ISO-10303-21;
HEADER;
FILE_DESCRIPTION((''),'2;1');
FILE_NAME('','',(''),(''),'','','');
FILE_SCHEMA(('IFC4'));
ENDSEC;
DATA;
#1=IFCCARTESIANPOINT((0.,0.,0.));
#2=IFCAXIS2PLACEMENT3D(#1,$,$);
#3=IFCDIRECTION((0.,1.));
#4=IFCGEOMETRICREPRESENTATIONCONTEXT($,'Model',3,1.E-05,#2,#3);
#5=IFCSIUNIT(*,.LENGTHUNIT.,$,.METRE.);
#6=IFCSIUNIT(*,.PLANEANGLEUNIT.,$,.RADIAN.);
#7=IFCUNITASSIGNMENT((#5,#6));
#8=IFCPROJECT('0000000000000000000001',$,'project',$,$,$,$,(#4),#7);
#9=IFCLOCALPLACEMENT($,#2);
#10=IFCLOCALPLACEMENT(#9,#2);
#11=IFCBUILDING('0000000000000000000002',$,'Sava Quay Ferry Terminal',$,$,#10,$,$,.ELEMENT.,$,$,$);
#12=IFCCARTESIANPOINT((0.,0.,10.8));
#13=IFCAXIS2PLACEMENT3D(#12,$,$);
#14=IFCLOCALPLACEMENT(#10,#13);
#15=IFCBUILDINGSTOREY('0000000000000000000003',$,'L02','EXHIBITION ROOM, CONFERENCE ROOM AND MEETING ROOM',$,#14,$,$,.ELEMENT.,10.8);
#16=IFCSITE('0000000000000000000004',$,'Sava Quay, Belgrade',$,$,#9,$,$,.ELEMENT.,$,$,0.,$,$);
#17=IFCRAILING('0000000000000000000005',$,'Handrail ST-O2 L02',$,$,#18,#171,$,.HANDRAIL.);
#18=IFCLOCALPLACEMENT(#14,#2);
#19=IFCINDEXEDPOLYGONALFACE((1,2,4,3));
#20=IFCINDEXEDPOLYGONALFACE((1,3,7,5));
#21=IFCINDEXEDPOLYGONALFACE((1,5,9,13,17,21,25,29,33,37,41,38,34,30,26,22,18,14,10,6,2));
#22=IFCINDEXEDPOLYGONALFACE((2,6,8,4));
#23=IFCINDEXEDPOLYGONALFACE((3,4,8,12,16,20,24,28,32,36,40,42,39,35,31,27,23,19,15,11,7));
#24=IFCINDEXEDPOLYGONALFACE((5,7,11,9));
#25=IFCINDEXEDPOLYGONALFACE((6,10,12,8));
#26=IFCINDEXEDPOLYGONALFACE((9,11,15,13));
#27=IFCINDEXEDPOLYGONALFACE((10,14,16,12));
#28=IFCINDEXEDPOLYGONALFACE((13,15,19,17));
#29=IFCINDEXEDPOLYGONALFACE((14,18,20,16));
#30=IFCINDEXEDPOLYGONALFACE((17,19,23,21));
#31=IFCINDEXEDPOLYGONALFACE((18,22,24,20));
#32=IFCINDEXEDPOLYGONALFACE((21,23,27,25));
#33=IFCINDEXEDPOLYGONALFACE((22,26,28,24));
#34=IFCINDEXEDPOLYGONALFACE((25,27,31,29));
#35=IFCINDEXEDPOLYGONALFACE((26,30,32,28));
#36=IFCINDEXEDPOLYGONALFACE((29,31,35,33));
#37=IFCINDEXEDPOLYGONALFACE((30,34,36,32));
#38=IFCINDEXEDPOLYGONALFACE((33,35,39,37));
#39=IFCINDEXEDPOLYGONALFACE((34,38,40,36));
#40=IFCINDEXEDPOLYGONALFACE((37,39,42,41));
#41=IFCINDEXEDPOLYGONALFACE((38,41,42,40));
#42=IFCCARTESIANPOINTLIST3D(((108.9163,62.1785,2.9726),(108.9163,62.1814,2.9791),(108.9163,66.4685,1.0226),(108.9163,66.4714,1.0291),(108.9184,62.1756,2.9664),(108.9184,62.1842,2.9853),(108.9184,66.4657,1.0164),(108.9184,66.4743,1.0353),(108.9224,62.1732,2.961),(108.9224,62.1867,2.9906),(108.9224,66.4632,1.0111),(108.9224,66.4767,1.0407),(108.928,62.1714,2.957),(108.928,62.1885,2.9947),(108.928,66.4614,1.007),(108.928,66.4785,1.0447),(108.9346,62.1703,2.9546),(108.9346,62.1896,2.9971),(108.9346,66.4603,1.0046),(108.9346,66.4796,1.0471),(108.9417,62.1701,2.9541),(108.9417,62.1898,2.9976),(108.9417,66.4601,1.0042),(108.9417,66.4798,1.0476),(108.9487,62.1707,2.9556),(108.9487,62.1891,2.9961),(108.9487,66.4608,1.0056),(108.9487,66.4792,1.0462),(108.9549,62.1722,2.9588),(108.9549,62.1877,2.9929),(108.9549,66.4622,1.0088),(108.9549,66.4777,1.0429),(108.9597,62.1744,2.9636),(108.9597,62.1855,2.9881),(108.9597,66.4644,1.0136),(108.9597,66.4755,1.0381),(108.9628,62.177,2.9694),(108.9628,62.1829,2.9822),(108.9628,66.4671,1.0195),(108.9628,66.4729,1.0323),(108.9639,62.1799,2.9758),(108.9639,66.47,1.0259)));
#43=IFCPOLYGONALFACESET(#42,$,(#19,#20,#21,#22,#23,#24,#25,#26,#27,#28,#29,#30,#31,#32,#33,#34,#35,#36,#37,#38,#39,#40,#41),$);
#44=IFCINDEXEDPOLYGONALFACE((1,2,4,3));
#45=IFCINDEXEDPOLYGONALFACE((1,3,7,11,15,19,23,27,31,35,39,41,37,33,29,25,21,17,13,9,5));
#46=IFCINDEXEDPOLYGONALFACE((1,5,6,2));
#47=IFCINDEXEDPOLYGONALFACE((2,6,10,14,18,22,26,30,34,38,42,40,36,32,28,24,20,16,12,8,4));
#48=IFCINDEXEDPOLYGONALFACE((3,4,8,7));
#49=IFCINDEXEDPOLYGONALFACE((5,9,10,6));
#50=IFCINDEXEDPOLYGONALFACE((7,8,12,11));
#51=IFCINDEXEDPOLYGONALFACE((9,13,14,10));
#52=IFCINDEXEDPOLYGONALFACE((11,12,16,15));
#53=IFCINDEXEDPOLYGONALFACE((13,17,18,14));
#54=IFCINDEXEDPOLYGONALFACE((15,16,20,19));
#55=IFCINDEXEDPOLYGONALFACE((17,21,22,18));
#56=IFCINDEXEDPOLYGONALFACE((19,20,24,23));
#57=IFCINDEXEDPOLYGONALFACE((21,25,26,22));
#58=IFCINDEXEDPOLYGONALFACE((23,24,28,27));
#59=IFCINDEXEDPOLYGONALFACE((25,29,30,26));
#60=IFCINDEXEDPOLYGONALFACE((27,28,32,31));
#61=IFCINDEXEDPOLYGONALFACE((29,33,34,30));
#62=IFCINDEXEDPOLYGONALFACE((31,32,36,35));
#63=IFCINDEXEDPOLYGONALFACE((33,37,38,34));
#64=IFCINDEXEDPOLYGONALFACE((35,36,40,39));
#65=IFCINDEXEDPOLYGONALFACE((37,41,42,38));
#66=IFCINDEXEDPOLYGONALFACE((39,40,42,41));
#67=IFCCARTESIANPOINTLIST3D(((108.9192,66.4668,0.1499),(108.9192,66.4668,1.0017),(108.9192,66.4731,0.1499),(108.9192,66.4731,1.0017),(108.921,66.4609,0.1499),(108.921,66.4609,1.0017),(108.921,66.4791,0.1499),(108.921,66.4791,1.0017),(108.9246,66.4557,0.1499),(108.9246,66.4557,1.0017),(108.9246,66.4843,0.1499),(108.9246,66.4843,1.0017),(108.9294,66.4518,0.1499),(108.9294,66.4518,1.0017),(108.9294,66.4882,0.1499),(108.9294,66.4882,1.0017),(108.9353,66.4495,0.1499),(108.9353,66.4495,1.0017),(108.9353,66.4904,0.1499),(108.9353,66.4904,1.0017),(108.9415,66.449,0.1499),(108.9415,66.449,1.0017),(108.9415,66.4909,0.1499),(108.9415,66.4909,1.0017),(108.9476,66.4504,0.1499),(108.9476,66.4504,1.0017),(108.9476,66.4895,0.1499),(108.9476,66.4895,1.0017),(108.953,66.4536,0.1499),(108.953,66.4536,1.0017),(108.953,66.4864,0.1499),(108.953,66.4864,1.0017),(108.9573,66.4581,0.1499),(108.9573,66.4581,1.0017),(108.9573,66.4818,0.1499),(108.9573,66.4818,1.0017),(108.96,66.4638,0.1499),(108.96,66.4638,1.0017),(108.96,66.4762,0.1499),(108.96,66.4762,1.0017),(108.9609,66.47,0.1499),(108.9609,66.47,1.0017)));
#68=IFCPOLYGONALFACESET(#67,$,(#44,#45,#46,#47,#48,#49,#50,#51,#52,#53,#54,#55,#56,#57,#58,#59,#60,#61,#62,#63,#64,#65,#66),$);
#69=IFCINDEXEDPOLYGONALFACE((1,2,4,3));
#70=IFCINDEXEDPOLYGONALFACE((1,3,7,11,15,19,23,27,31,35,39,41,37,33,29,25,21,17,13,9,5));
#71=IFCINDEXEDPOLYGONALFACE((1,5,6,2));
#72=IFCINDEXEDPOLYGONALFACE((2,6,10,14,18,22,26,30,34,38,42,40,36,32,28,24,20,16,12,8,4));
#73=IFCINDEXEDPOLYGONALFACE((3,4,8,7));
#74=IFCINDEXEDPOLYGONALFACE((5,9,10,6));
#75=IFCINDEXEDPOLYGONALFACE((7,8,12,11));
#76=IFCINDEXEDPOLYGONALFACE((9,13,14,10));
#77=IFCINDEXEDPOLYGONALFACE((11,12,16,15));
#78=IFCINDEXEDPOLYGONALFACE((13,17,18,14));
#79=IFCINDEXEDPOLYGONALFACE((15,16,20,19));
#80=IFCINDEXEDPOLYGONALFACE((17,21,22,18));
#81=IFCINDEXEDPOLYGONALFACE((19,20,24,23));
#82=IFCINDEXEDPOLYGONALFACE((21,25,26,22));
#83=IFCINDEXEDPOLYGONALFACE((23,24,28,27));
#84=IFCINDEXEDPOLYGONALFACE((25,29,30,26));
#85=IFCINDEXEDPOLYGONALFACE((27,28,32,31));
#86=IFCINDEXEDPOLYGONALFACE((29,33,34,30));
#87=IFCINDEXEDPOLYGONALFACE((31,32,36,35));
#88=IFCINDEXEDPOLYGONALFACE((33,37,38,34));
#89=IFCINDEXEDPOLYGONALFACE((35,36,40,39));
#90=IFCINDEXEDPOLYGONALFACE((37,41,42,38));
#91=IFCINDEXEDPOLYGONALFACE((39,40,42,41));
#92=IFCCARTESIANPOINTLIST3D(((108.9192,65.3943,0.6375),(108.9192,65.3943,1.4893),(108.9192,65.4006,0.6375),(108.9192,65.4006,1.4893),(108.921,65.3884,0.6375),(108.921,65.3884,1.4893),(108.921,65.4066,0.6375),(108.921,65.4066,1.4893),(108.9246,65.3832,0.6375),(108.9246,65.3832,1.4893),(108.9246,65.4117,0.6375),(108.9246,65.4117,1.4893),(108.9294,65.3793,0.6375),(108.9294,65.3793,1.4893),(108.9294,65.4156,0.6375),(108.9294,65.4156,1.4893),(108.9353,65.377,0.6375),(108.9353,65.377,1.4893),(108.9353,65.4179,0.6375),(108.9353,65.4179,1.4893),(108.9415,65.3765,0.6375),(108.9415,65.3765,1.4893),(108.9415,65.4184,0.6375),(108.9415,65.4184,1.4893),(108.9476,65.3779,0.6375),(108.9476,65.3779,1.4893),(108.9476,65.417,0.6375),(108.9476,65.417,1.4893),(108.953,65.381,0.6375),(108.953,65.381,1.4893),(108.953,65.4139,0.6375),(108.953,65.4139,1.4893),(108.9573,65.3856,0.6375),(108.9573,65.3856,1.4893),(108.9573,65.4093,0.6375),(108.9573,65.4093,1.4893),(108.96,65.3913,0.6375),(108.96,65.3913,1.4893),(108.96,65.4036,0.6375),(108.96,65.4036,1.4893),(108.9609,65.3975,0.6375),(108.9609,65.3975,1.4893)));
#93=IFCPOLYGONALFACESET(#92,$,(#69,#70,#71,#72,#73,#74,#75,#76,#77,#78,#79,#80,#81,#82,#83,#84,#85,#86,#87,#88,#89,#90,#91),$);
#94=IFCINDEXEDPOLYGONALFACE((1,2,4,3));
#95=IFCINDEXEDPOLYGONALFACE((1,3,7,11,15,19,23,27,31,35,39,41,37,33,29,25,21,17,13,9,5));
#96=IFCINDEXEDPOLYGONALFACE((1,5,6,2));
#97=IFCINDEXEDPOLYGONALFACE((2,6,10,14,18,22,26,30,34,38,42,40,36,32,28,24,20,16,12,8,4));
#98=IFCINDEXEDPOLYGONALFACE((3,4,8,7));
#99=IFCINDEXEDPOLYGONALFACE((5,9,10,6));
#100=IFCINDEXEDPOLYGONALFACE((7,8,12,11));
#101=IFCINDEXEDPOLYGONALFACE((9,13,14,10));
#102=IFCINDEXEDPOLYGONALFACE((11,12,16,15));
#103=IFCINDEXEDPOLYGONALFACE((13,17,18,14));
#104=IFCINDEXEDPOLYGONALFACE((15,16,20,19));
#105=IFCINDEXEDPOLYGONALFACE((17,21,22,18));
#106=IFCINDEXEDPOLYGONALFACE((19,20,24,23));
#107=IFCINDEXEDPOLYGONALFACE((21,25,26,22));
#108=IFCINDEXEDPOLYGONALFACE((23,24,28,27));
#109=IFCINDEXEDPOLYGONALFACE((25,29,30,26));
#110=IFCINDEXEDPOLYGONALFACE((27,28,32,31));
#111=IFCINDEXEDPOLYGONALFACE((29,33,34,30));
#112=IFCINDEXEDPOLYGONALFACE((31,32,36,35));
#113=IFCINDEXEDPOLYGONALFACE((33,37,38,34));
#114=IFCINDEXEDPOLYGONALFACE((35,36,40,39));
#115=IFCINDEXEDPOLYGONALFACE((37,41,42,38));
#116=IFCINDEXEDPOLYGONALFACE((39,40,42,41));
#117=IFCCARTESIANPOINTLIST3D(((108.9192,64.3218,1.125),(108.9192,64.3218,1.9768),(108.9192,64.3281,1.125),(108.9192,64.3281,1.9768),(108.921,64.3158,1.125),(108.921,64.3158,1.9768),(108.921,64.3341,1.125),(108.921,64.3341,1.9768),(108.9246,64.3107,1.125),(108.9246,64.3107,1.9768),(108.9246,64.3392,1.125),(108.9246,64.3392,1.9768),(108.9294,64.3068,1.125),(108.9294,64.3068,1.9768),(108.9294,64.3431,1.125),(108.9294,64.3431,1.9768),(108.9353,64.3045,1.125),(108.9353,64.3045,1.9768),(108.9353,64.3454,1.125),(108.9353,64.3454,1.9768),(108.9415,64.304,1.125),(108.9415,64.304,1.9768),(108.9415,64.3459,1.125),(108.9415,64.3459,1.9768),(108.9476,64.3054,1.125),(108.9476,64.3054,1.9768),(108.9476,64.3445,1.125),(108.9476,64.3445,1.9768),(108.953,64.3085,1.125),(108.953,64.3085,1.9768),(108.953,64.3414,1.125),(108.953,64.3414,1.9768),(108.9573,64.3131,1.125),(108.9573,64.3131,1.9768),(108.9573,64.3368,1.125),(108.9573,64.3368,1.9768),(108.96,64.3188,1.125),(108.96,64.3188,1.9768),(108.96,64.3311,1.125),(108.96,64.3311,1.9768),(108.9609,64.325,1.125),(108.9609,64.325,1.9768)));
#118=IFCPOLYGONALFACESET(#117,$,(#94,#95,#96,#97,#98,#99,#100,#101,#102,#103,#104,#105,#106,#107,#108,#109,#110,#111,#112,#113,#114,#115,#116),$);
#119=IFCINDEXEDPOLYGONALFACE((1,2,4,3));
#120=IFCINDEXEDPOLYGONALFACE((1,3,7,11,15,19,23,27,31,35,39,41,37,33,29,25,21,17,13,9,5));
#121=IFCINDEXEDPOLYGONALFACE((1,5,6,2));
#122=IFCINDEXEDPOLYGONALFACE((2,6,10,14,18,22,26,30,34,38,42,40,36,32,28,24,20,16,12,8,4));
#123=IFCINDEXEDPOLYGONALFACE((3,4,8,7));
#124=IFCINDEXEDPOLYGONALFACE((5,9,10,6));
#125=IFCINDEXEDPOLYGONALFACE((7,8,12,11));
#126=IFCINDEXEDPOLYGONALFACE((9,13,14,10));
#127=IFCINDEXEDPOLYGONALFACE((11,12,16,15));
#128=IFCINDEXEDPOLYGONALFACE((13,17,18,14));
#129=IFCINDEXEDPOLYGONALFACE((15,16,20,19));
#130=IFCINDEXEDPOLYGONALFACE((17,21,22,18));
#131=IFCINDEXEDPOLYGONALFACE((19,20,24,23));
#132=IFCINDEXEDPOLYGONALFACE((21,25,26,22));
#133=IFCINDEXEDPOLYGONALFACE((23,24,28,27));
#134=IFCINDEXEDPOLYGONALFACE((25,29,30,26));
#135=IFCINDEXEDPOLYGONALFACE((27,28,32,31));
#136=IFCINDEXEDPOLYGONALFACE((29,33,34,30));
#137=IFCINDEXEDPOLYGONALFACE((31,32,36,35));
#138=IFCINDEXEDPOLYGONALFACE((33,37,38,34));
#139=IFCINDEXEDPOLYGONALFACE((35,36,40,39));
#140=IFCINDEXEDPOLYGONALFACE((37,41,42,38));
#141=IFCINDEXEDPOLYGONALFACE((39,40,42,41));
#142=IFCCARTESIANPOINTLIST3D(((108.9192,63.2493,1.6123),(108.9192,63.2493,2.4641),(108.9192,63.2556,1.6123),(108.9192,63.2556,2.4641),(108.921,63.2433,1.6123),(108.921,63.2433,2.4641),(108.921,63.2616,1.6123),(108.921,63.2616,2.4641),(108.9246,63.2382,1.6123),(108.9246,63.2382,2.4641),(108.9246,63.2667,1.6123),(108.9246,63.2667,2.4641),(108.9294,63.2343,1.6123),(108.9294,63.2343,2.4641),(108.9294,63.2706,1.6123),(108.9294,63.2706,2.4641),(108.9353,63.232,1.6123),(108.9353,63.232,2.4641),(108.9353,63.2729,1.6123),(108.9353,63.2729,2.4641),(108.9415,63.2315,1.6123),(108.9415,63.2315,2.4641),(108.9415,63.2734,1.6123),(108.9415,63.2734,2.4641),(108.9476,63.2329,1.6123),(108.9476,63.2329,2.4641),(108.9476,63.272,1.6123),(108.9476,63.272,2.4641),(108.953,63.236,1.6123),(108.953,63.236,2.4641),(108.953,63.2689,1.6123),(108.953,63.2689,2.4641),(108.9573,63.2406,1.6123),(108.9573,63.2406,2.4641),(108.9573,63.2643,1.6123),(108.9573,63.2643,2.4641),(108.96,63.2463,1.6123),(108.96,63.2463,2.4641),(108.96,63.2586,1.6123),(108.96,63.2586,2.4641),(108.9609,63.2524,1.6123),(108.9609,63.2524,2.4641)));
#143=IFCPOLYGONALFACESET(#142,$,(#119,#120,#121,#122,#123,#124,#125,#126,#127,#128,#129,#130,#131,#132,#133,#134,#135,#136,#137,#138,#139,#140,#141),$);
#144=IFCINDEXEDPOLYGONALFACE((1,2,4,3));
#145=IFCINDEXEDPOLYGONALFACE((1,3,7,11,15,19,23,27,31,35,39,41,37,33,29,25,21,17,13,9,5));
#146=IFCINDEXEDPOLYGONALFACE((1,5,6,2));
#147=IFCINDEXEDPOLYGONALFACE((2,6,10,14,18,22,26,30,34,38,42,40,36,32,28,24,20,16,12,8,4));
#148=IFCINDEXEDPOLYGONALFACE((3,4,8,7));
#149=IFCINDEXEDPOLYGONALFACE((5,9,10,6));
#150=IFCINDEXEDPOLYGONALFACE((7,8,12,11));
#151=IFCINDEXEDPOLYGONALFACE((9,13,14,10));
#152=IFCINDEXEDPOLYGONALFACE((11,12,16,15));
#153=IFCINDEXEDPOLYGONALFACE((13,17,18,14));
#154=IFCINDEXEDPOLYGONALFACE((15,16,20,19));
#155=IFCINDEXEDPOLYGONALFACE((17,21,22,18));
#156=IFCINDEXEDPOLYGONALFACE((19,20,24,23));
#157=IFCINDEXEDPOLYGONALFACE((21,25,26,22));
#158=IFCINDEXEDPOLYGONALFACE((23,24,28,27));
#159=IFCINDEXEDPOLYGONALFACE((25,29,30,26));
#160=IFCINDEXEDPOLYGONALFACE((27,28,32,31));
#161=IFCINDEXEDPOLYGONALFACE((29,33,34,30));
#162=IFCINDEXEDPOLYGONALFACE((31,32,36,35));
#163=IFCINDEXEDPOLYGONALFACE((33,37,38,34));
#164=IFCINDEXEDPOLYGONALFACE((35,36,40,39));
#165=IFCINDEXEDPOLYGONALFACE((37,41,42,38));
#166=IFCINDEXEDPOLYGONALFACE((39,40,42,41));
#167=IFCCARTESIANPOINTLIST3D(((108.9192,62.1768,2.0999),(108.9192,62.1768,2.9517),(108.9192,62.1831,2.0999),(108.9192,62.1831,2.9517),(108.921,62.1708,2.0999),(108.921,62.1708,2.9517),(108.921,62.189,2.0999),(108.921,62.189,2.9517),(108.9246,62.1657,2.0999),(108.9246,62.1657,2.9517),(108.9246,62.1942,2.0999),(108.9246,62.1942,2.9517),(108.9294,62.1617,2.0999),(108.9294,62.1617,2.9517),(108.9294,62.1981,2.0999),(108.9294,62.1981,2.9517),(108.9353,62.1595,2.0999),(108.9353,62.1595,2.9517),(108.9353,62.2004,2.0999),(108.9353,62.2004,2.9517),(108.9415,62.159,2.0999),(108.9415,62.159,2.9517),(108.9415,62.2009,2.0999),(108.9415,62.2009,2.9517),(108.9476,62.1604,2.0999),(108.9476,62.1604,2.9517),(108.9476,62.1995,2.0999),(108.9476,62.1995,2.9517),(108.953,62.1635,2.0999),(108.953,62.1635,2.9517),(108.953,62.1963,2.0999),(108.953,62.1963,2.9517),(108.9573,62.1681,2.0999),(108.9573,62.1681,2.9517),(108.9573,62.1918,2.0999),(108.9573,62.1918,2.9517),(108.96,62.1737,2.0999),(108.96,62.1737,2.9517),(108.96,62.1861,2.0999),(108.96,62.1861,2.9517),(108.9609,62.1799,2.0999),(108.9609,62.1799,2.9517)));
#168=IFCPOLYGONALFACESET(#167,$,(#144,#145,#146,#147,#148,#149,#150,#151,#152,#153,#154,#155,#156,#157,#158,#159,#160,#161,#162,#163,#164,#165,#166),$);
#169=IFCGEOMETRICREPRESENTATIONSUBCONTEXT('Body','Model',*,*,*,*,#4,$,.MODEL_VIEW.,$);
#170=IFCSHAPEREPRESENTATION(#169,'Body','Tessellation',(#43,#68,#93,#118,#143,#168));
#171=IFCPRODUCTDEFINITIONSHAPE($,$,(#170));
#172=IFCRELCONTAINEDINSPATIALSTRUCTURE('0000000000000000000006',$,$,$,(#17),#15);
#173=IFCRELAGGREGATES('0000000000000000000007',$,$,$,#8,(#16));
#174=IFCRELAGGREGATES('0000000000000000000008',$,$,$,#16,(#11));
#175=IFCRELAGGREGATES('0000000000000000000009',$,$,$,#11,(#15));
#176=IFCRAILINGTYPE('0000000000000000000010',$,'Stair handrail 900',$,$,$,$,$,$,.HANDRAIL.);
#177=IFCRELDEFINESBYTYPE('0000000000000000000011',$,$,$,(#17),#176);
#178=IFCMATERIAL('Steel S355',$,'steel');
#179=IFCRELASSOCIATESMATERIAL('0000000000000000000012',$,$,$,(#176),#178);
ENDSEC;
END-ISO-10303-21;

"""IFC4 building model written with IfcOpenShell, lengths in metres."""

from ifc_helpers import new_model, si_unit, direction, frame, origin, origin_2d, place, context, subcontext, project, spatial, circle, extrude, material, type_object, element, save


model = new_model("IFC4")

# Units and contexts
model_context = context("Model", 3, precision=1e-05, world=origin(), true_north=direction((0.0, 1.0)))
body_context = subcontext(model_context, "Body", "Model", "MODEL_VIEW")
ifc_project = project(units=[si_unit("LENGTHUNIT", "METRE"), si_unit("PLANEANGLEUNIT", "RADIAN")], contexts=[model_context])

# Site, building, storey
site_placement = place(None, origin())
site = spatial("IfcSite", under=ifc_project, at=site_placement, Name="Sava Quay, Belgrade", CompositionType="ELEMENT", RefElevation=0.0)
building_placement = place(site_placement, origin())
building = spatial("IfcBuilding", under=site, at=building_placement, Name="Sava Quay Ferry Terminal", CompositionType="ELEMENT")
storey_placement = place(building_placement, frame((0.0, 0.0, 10.8)))
storey = spatial("IfcBuildingStorey", under=building, at=storey_placement, Name="L02", Description="EXHIBITION ROOM, CONFERENCE ROOM AND MEETING ROOM", CompositionType="ELEMENT", Elevation=10.8)

# Railing
ifc_material_1 = material(Name="Steel S355", Category="steel")
railing_type_1 = type_object("IfcRailingType", Name="Stair handrail 900", PredefinedType="HANDRAIL", material=ifc_material_1)
railing_1_placement = place(storey_placement, frame((108.9399, 66.47, 0.1499)))
element("IfcRailing", 1, at=railing_1_placement, inside=storey, type_object=railing_type_1, Name="Handrail ST-O2 L02", PredefinedType="HANDRAIL", context=body_context, shape_type="SweptSolid", body=[
    extrude(circle(Radius=0.0239, at=origin_2d()), frame((0.0, 0.0, 0.876), z_axis=(0.0, -0.910372, 0.413791), x_axis=(1.0, 0.0, 0.0)), (0.0, 0.0, 1.0), 4.7124),
    extrude(circle(Radius=0.021, at=origin_2d()), origin(), (0.0, 0.0, 1.0), 0.8518),
    extrude(circle(Radius=0.021, at=origin_2d()), frame((0.0, -1.0725, 0.4875)), (0.0, 0.0, 1.0), 0.8518),
    extrude(circle(Radius=0.021, at=origin_2d()), frame((0.0, -2.145, 0.9751)), (0.0, 0.0, 1.0), 0.8518),
    extrude(circle(Radius=0.021, at=origin_2d()), frame((0.0, -3.2175, 1.4624)), (0.0, 0.0, 1.0), 0.8518),
    extrude(circle(Radius=0.021, at=origin_2d()), frame((0.0, -4.29, 1.95)), (0.0, 0.0, 1.0), 0.8518),
])

save(model, "model.ifc")
